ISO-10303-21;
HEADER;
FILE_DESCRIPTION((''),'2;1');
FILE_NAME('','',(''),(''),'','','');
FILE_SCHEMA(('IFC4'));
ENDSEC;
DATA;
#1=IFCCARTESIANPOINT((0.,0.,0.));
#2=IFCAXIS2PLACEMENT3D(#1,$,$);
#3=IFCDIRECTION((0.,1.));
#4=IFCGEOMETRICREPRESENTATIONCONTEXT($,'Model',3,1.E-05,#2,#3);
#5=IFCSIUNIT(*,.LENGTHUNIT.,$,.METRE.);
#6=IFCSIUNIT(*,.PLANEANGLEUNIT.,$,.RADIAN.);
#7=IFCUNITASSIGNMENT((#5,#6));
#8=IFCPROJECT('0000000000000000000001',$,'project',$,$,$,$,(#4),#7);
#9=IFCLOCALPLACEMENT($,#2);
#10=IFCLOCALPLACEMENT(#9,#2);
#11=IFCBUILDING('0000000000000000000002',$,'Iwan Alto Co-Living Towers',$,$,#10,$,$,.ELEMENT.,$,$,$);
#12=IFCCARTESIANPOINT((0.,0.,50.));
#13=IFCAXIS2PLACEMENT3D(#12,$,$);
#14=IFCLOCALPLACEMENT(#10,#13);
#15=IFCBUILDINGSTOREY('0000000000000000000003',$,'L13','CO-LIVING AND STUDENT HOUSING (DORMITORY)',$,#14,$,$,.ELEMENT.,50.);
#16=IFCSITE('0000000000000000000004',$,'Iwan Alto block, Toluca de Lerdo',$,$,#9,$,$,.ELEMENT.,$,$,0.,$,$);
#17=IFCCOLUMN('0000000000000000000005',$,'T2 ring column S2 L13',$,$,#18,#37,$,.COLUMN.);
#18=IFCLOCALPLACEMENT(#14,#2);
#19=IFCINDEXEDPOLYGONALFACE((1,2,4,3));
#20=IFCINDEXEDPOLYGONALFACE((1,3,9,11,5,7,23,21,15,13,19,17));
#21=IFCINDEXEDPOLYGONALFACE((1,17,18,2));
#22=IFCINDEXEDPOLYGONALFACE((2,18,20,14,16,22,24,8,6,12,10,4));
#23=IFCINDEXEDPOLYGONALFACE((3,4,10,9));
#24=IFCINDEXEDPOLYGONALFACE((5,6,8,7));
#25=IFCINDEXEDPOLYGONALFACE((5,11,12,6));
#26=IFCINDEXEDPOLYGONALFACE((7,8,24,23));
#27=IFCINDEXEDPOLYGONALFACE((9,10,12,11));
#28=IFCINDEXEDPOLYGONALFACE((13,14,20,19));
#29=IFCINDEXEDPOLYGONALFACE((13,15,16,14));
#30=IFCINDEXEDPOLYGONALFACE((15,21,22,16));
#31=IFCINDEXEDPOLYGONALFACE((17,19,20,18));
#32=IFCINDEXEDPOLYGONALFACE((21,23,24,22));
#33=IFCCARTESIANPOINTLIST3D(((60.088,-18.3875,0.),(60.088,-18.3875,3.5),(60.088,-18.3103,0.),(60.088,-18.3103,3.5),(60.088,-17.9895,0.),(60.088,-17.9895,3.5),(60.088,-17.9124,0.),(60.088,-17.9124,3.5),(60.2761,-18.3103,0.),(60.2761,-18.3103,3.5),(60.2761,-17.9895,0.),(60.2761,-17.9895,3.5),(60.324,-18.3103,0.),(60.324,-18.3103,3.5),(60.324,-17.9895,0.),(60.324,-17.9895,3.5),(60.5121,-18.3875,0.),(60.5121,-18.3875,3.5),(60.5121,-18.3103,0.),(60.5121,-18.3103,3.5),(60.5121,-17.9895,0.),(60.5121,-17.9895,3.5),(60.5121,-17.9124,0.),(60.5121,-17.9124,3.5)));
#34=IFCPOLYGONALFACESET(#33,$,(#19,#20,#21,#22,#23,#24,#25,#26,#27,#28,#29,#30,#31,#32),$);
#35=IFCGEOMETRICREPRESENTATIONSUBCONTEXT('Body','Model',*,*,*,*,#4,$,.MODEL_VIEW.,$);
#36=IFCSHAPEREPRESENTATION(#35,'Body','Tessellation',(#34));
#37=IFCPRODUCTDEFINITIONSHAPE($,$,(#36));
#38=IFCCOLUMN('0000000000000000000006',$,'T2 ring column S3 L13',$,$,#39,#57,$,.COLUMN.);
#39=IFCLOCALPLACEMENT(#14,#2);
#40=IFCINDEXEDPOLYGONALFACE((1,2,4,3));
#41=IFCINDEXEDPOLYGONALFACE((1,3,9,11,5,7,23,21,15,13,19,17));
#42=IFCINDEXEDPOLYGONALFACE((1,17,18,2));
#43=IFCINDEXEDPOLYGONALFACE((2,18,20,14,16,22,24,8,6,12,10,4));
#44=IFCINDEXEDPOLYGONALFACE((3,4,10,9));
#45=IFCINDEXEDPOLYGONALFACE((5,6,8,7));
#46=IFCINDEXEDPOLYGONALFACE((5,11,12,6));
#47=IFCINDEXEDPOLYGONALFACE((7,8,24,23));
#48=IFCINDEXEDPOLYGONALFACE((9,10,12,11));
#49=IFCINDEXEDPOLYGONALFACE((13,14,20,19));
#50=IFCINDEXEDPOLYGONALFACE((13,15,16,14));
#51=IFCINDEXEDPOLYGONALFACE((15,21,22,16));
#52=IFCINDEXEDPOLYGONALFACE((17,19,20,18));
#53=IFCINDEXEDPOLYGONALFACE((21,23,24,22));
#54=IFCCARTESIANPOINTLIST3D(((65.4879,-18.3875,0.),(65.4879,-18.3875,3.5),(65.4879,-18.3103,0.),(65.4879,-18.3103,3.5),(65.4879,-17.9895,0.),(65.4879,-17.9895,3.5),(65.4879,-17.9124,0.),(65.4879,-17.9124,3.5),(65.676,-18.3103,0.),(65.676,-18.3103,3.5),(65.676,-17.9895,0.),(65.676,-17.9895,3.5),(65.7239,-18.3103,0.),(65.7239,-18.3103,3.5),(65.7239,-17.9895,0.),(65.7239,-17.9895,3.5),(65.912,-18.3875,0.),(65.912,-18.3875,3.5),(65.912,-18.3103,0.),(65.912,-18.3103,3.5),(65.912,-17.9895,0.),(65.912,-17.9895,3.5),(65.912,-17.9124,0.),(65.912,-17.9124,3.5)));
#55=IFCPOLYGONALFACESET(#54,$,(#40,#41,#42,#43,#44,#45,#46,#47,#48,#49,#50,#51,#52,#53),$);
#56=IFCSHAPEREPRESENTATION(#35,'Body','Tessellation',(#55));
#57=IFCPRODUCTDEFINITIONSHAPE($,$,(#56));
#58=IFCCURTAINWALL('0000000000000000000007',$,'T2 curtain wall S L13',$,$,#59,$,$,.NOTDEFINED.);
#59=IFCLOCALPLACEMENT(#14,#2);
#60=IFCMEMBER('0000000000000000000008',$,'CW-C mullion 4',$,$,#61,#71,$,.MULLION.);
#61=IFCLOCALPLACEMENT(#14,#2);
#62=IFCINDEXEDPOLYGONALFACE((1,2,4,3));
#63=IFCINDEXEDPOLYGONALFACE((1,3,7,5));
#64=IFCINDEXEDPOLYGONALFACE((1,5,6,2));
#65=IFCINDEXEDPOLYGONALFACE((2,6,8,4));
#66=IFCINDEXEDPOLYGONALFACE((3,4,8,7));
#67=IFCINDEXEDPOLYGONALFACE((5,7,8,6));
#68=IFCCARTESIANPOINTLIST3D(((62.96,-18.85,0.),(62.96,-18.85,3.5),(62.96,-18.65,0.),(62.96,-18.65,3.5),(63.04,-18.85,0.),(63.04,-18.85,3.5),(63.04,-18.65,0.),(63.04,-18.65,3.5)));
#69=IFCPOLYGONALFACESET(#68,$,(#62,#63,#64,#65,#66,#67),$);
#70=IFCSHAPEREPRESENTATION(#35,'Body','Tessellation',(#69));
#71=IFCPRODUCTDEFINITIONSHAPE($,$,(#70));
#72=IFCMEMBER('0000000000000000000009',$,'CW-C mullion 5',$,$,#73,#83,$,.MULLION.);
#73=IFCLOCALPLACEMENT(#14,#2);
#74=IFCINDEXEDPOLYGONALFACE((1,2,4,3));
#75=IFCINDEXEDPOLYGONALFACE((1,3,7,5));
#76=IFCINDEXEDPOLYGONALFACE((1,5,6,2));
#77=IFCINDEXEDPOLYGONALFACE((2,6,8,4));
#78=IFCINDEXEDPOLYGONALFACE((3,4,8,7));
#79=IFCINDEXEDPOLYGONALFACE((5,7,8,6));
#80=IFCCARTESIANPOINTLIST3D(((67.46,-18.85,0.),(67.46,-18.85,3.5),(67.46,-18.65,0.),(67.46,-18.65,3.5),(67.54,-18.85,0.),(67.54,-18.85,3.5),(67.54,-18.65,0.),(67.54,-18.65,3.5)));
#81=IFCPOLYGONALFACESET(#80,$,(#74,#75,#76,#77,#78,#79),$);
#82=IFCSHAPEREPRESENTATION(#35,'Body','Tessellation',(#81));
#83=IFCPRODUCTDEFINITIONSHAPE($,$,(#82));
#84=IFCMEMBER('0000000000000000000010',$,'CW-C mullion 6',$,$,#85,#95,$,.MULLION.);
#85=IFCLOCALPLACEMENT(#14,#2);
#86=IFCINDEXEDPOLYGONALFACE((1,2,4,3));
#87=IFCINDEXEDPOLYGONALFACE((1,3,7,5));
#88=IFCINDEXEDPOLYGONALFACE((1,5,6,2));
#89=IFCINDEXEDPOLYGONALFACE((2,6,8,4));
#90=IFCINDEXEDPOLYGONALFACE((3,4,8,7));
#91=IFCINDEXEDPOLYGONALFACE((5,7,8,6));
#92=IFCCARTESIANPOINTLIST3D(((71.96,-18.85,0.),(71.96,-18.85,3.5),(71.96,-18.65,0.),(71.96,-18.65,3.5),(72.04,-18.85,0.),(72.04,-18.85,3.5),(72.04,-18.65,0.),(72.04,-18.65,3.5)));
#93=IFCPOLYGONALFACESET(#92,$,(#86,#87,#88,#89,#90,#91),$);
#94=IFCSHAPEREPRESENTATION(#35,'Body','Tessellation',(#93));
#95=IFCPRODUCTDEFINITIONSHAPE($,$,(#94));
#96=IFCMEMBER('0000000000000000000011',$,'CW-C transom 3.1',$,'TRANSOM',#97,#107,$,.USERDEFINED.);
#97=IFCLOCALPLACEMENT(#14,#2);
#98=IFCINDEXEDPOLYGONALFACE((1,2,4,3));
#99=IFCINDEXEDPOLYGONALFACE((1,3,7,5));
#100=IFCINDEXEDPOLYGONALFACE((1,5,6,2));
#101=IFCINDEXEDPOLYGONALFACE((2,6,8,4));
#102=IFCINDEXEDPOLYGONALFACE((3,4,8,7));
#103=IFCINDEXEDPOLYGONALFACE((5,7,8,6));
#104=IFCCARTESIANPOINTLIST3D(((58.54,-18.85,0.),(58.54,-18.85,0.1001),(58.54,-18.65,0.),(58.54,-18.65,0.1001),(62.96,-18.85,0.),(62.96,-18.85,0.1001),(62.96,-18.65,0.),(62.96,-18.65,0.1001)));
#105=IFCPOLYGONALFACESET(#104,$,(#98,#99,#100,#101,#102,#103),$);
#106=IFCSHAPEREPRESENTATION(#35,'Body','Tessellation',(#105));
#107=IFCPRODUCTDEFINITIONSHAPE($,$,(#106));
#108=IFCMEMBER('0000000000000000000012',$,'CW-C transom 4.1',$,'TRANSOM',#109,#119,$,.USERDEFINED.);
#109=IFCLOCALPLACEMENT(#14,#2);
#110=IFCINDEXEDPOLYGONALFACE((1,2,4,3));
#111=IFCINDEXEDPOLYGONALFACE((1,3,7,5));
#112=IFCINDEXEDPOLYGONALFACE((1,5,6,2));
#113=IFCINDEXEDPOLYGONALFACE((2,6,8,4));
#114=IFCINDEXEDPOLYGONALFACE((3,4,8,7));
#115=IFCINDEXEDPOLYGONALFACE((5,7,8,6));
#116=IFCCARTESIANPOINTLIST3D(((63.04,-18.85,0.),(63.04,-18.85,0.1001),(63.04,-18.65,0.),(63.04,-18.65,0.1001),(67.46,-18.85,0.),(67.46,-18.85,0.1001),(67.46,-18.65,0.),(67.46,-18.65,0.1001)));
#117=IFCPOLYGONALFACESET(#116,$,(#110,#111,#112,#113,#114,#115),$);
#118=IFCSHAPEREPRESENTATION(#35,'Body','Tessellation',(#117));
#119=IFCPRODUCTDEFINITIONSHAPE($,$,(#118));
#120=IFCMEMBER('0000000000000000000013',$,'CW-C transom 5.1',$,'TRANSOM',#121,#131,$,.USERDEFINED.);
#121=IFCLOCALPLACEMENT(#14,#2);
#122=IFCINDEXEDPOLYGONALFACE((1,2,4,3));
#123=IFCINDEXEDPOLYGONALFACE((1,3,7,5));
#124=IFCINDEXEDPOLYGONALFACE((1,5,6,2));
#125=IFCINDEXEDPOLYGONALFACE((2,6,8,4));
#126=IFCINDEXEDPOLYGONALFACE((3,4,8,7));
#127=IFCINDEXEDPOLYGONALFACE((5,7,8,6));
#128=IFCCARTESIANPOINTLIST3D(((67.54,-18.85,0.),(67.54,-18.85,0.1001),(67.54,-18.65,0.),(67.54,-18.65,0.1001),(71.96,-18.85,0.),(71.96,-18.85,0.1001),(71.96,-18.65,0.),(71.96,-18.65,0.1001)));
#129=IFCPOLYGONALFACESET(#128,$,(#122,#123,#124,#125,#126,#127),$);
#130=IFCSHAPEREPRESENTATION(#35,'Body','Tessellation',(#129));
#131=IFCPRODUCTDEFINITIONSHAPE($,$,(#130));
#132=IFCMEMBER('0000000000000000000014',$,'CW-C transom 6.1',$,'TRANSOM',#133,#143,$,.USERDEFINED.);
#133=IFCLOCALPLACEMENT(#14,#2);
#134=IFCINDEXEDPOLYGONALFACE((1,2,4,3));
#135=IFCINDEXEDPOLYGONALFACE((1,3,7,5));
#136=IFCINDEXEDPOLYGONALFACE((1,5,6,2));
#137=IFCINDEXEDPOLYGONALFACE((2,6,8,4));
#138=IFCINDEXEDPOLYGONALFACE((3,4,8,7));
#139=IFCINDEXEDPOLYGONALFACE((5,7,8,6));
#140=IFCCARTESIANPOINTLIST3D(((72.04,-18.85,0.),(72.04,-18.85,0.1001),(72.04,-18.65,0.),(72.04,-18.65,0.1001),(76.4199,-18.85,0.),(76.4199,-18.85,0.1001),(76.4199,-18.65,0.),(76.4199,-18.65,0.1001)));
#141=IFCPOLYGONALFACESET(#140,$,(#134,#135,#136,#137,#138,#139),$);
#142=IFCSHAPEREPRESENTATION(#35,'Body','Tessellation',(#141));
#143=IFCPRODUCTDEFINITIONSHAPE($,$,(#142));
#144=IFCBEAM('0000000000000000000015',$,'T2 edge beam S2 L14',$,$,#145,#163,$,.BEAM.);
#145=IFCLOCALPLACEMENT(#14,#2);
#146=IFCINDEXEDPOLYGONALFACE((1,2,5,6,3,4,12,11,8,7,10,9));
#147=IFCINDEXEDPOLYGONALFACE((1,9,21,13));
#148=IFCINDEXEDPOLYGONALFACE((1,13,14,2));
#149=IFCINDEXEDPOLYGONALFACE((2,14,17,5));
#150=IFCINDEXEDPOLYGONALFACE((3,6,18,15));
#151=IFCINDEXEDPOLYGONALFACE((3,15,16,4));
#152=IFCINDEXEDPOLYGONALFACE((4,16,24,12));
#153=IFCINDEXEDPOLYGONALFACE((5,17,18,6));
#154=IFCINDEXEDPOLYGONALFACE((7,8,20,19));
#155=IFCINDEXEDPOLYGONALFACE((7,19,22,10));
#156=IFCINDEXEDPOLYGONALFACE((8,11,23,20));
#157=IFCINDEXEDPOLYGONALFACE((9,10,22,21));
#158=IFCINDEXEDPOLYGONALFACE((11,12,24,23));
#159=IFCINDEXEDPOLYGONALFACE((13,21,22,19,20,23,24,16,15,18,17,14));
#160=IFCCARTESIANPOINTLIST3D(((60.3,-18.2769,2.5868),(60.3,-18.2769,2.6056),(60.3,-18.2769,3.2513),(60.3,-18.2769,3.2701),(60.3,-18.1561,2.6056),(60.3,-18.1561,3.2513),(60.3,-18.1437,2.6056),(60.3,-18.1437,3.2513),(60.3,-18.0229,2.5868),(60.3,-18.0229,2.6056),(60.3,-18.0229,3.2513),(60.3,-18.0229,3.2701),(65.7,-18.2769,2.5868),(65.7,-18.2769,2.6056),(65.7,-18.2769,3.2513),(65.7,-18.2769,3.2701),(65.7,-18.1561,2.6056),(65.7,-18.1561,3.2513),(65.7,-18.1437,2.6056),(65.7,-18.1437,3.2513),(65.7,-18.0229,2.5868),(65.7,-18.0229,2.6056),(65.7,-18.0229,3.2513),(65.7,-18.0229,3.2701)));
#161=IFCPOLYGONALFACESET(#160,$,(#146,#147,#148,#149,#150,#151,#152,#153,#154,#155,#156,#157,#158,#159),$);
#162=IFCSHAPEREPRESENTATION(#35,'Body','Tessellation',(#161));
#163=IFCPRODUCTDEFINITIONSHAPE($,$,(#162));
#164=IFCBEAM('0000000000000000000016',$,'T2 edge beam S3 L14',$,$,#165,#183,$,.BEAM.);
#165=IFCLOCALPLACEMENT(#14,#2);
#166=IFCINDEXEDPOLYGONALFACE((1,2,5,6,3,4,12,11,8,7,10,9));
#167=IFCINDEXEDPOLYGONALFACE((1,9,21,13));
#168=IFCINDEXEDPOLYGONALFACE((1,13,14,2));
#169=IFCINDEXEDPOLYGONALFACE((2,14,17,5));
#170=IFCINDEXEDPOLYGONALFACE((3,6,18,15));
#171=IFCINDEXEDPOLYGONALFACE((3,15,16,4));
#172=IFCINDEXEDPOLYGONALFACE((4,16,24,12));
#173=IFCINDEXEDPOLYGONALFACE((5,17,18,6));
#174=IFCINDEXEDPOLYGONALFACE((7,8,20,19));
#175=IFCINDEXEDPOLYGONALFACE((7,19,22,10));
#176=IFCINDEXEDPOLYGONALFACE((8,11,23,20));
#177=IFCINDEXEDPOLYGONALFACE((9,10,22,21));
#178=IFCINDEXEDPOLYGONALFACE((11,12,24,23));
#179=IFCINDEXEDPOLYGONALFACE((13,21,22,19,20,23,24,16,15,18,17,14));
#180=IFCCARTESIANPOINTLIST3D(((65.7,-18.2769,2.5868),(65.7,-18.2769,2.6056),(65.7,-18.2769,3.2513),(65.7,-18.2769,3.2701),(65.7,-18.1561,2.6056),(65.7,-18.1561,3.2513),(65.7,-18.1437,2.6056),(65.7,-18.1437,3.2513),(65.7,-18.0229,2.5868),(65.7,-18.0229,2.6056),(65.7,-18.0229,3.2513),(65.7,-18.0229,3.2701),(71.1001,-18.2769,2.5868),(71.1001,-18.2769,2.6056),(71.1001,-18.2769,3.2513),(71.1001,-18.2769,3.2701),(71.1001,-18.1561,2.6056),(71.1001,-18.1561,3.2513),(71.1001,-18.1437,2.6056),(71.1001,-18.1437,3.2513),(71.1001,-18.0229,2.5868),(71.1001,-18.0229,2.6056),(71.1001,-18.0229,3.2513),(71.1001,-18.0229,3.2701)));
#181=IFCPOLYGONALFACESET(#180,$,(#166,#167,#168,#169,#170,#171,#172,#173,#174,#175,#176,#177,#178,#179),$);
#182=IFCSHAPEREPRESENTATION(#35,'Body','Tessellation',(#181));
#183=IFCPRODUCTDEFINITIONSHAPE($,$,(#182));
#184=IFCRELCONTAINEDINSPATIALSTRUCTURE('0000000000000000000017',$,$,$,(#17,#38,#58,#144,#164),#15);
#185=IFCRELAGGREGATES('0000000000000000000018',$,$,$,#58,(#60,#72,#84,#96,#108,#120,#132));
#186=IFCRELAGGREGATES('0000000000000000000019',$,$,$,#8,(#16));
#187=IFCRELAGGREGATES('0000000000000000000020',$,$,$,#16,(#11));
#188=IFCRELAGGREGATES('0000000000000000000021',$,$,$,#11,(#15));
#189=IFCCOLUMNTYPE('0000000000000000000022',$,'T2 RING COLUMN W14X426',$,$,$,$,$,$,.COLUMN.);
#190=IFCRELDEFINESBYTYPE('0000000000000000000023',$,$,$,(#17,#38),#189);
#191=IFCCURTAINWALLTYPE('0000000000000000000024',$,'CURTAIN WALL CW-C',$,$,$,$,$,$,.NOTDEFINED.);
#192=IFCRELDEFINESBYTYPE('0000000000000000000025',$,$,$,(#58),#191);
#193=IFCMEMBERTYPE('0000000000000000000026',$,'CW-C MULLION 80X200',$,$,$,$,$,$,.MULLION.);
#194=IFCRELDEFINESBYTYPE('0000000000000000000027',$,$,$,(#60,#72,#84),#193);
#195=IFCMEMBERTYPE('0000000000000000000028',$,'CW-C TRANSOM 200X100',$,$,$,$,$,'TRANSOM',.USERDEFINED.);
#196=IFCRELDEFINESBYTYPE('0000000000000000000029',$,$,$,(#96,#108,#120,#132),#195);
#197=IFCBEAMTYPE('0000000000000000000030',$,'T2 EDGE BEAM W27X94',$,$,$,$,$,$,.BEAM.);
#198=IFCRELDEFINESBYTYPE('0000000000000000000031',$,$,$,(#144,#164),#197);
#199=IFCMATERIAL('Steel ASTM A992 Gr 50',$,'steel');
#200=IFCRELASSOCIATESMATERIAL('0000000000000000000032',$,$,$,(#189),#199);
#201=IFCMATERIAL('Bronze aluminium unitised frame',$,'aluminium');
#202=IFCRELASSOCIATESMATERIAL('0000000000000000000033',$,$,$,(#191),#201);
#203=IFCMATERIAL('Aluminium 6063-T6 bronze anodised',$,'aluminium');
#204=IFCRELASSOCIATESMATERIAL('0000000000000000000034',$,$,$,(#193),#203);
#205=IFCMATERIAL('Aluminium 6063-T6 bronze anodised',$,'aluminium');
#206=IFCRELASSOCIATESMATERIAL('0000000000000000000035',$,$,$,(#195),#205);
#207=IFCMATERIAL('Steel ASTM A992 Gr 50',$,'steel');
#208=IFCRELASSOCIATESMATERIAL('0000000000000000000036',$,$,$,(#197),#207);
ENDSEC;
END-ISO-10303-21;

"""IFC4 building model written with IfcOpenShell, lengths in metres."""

from ifc_helpers import new_model, si_unit, direction, frame, origin, origin_2d, place, context, subcontext, project, spatial, rectangle, i_section, extrude, material, material_profile, profile_set, type_object, element, aggregate, save


model = new_model("IFC4")

# Units and contexts
model_context = context("Model", 3, precision=1e-05, world=origin(), true_north=direction((0.0, 1.0)))
body_context = subcontext(model_context, "Body", "Model", "MODEL_VIEW")
ifc_project = project(units=[si_unit("LENGTHUNIT", "METRE"), si_unit("PLANEANGLEUNIT", "RADIAN")], contexts=[model_context])

# Site, building, storey
site_placement = place(None, origin())
site = spatial("IfcSite", under=ifc_project, at=site_placement, Name="Iwan Alto block, Toluca de Lerdo", CompositionType="ELEMENT", RefElevation=0.0)
building_placement = place(site_placement, origin())
building = spatial("IfcBuilding", under=site, at=building_placement, Name="Iwan Alto Co-Living Towers", CompositionType="ELEMENT")
storey_placement = place(building_placement, frame((0.0, 0.0, 50.0)))
storey = spatial("IfcBuildingStorey", under=building, at=storey_placement, Name="L13", Description="CO-LIVING AND STUDENT HOUSING (DORMITORY)", CompositionType="ELEMENT", Elevation=50.0)

# Columns
ifc_material_1 = material(Name="Steel ASTM A992 Gr 50", Category="steel")
ifc_material_profile_1 = material_profile(ifc_material_1, i_section(OverallWidth=0.4241, OverallDepth=0.4751, WebThickness=0.0479, FlangeThickness=0.0771, at=origin_2d()), Name="W14X426")
ifc_profile_set_1 = profile_set([ifc_material_profile_1], Name="Steel ASTM A992 Gr 50")
column_type = type_object("IfcColumnType", Name="T2 RING COLUMN W14X426", PredefinedType="COLUMN", material=ifc_profile_set_1)
for number, where, z_axis, x_axis, name in (
    (1, (60.3, -18.1499, 0.0), (0.0, 0.0, 1.0), (1.0, 0.0, 0.0), "T2 ring column S2 L13"),
    (2, (65.7, -18.1499, 0.0), (0.0, 0.0, 1.0), (1.0, 0.0, 0.0), "T2 ring column S3 L13"),
):
    element("IfcColumn", number, at=place(storey_placement, frame(where, z_axis=z_axis, x_axis=x_axis)), inside=storey, type_object=column_type, Name=name, PredefinedType="COLUMN", context=body_context, shape_type="SweptSolid", body=[
        extrude(i_section(OverallWidth=0.4241, OverallDepth=0.4751, WebThickness=0.0479, FlangeThickness=0.0771, at=origin_2d()), origin(), (0.0, 0.0, 1.0), 3.5),
    ])

# Curtain wall, members
ifc_material_2 = material(Name="Bronze aluminium unitised frame", Category="aluminium")
curtain_wall_type = type_object("IfcCurtainWallType", Name="CURTAIN WALL CW-C", PredefinedType="NOTDEFINED", material=ifc_material_2)
curtain_wall_placement = place(storey_placement, origin())
curtain_wall = element("IfcCurtainWall", 3, at=curtain_wall_placement, inside=storey, type_object=curtain_wall_type, Name="T2 curtain wall S L13", PredefinedType="NOTDEFINED")
ifc_material_3 = material(Name="Aluminium 6063-T6 bronze anodised", Category="aluminium")
ifc_material_profile_2 = material_profile(ifc_material_3, rectangle(XDim=0.2, YDim=0.0801, at=origin_2d()), Name="AL 80X200")
ifc_profile_set_2 = profile_set([ifc_material_profile_2], Name="Aluminium 6063-T6 bronze anodised")
member_type_1 = type_object("IfcMemberType", Name="CW-C MULLION 80X200", PredefinedType="MULLION", material=ifc_profile_set_2)
member_1_placement = place(storey_placement, frame((63.0, -18.75, 0.0), z_axis=(0.0, 0.0, 1.0), x_axis=(0.0, 1.0, 0.0)))
member_1 = element("IfcMember", 4, at=member_1_placement, type_object=member_type_1, Name="CW-C mullion 4", PredefinedType="MULLION", context=body_context, shape_type="SweptSolid", body=[
    extrude(rectangle(XDim=0.2, YDim=0.0801, at=origin_2d()), origin(), (0.0, 0.0, 1.0), 3.5),
])
member_2_placement = place(storey_placement, frame((67.5, -18.75, 0.0), z_axis=(0.0, 0.0, 1.0), x_axis=(0.0, 1.0, 0.0)))
member_2 = element("IfcMember", 5, at=member_2_placement, type_object=member_type_1, Name="CW-C mullion 5", PredefinedType="MULLION", context=body_context, shape_type="SweptSolid", body=[
    extrude(rectangle(XDim=0.2, YDim=0.0801, at=origin_2d()), origin(), (0.0, 0.0, 1.0), 3.5),
])
member_3_placement = place(storey_placement, frame((72.0, -18.75, 0.0), z_axis=(0.0, 0.0, 1.0), x_axis=(0.0, 1.0, 0.0)))
member_3 = element("IfcMember", 6, at=member_3_placement, type_object=member_type_1, Name="CW-C mullion 6", PredefinedType="MULLION", context=body_context, shape_type="SweptSolid", body=[
    extrude(rectangle(XDim=0.2, YDim=0.0801, at=origin_2d()), origin(), (0.0, 0.0, 1.0), 3.5),
])
ifc_material_4 = material(Name="Aluminium 6063-T6 bronze anodised", Category="aluminium")
ifc_material_profile_3 = material_profile(ifc_material_4, rectangle(XDim=0.2, YDim=0.1001, at=origin_2d()), Name="AL 200X100")
ifc_profile_set_3 = profile_set([ifc_material_profile_3], Name="Aluminium 6063-T6 bronze anodised")
member_type_2 = type_object("IfcMemberType", Name="CW-C TRANSOM 200X100", ElementType="TRANSOM", PredefinedType="USERDEFINED", material=ifc_profile_set_3)
member_4_placement = place(storey_placement, frame((58.54, -18.75, 0.05), z_axis=(1.0, 0.0, 0.0), x_axis=(0.0, 1.0, 0.0)))
member_4 = element("IfcMember", 7, at=member_4_placement, type_object=member_type_2, Name="CW-C transom 3.1", ObjectType="TRANSOM", PredefinedType="USERDEFINED", context=body_context, shape_type="SweptSolid", body=[
    extrude(rectangle(XDim=0.2, YDim=0.1001, at=origin_2d()), origin(), (0.0, 0.0, 1.0), 4.4199),
])
member_5_placement = place(storey_placement, frame((63.04, -18.75, 0.05), z_axis=(1.0, 0.0, 0.0), x_axis=(0.0, 1.0, 0.0)))
member_5 = element("IfcMember", 8, at=member_5_placement, type_object=member_type_2, Name="CW-C transom 4.1", ObjectType="TRANSOM", PredefinedType="USERDEFINED", context=body_context, shape_type="SweptSolid", body=[
    extrude(rectangle(XDim=0.2, YDim=0.1001, at=origin_2d()), origin(), (0.0, 0.0, 1.0), 4.4199),
])
member_6_placement = place(storey_placement, frame((67.54, -18.75, 0.05), z_axis=(1.0, 0.0, 0.0), x_axis=(0.0, 1.0, 0.0)))
member_6 = element("IfcMember", 9, at=member_6_placement, type_object=member_type_2, Name="CW-C transom 5.1", ObjectType="TRANSOM", PredefinedType="USERDEFINED", context=body_context, shape_type="SweptSolid", body=[
    extrude(rectangle(XDim=0.2, YDim=0.1001, at=origin_2d()), origin(), (0.0, 0.0, 1.0), 4.4199),
])
member_7_placement = place(storey_placement, frame((72.04, -18.75, 0.05), z_axis=(1.0, 0.0, 0.0), x_axis=(0.0, 1.0, 0.0)))
member_7 = element("IfcMember", 10, at=member_7_placement, type_object=member_type_2, Name="CW-C transom 6.1", ObjectType="TRANSOM", PredefinedType="USERDEFINED", context=body_context, shape_type="SweptSolid", body=[
    extrude(rectangle(XDim=0.2, YDim=0.1001, at=origin_2d()), origin(), (0.0, 0.0, 1.0), 4.3799),
])

# Beams
ifc_material_5 = material(Name="Steel ASTM A992 Gr 50", Category="steel")
ifc_material_profile_4 = material_profile(ifc_material_5, i_section(OverallWidth=0.2539, OverallDepth=0.6833, WebThickness=0.0125, FlangeThickness=0.0188, at=origin_2d()), Name="W27X94")
ifc_profile_set_4 = profile_set([ifc_material_profile_4], Name="Steel ASTM A992 Gr 50")
beam_type_1 = type_object("IfcBeamType", Name="T2 EDGE BEAM W27X94", PredefinedType="BEAM", material=ifc_profile_set_4)
beam_1_placement = place(storey_placement, frame((60.3, -18.1499, 2.9285), z_axis=(1.0, 0.0, 0.0), x_axis=(0.0, 1.0, 0.0)))
element("IfcBeam", 11, at=beam_1_placement, inside=storey, type_object=beam_type_1, Name="T2 edge beam S2 L14", PredefinedType="BEAM", context=body_context, shape_type="SweptSolid", body=[
    extrude(i_section(OverallWidth=0.2539, OverallDepth=0.6833, WebThickness=0.0125, FlangeThickness=0.0188, at=origin_2d()), origin(), (0.0, 0.0, 1.0), 5.3999),
])
beam_2_placement = place(storey_placement, frame((65.7, -18.1499, 2.9285), z_axis=(1.0, 0.0, 0.0), x_axis=(0.0, 1.0, 0.0)))
element("IfcBeam", 12, at=beam_2_placement, inside=storey, type_object=beam_type_1, Name="T2 edge beam S3 L14", PredefinedType="BEAM", context=body_context, shape_type="SweptSolid", body=[
    extrude(i_section(OverallWidth=0.2539, OverallDepth=0.6833, WebThickness=0.0125, FlangeThickness=0.0188, at=origin_2d()), origin(), (0.0, 0.0, 1.0), 5.4001),
])

aggregate(curtain_wall, [member_1, member_2, member_3, member_4, member_5, member_6, member_7])

save(model, "model.ifc")
